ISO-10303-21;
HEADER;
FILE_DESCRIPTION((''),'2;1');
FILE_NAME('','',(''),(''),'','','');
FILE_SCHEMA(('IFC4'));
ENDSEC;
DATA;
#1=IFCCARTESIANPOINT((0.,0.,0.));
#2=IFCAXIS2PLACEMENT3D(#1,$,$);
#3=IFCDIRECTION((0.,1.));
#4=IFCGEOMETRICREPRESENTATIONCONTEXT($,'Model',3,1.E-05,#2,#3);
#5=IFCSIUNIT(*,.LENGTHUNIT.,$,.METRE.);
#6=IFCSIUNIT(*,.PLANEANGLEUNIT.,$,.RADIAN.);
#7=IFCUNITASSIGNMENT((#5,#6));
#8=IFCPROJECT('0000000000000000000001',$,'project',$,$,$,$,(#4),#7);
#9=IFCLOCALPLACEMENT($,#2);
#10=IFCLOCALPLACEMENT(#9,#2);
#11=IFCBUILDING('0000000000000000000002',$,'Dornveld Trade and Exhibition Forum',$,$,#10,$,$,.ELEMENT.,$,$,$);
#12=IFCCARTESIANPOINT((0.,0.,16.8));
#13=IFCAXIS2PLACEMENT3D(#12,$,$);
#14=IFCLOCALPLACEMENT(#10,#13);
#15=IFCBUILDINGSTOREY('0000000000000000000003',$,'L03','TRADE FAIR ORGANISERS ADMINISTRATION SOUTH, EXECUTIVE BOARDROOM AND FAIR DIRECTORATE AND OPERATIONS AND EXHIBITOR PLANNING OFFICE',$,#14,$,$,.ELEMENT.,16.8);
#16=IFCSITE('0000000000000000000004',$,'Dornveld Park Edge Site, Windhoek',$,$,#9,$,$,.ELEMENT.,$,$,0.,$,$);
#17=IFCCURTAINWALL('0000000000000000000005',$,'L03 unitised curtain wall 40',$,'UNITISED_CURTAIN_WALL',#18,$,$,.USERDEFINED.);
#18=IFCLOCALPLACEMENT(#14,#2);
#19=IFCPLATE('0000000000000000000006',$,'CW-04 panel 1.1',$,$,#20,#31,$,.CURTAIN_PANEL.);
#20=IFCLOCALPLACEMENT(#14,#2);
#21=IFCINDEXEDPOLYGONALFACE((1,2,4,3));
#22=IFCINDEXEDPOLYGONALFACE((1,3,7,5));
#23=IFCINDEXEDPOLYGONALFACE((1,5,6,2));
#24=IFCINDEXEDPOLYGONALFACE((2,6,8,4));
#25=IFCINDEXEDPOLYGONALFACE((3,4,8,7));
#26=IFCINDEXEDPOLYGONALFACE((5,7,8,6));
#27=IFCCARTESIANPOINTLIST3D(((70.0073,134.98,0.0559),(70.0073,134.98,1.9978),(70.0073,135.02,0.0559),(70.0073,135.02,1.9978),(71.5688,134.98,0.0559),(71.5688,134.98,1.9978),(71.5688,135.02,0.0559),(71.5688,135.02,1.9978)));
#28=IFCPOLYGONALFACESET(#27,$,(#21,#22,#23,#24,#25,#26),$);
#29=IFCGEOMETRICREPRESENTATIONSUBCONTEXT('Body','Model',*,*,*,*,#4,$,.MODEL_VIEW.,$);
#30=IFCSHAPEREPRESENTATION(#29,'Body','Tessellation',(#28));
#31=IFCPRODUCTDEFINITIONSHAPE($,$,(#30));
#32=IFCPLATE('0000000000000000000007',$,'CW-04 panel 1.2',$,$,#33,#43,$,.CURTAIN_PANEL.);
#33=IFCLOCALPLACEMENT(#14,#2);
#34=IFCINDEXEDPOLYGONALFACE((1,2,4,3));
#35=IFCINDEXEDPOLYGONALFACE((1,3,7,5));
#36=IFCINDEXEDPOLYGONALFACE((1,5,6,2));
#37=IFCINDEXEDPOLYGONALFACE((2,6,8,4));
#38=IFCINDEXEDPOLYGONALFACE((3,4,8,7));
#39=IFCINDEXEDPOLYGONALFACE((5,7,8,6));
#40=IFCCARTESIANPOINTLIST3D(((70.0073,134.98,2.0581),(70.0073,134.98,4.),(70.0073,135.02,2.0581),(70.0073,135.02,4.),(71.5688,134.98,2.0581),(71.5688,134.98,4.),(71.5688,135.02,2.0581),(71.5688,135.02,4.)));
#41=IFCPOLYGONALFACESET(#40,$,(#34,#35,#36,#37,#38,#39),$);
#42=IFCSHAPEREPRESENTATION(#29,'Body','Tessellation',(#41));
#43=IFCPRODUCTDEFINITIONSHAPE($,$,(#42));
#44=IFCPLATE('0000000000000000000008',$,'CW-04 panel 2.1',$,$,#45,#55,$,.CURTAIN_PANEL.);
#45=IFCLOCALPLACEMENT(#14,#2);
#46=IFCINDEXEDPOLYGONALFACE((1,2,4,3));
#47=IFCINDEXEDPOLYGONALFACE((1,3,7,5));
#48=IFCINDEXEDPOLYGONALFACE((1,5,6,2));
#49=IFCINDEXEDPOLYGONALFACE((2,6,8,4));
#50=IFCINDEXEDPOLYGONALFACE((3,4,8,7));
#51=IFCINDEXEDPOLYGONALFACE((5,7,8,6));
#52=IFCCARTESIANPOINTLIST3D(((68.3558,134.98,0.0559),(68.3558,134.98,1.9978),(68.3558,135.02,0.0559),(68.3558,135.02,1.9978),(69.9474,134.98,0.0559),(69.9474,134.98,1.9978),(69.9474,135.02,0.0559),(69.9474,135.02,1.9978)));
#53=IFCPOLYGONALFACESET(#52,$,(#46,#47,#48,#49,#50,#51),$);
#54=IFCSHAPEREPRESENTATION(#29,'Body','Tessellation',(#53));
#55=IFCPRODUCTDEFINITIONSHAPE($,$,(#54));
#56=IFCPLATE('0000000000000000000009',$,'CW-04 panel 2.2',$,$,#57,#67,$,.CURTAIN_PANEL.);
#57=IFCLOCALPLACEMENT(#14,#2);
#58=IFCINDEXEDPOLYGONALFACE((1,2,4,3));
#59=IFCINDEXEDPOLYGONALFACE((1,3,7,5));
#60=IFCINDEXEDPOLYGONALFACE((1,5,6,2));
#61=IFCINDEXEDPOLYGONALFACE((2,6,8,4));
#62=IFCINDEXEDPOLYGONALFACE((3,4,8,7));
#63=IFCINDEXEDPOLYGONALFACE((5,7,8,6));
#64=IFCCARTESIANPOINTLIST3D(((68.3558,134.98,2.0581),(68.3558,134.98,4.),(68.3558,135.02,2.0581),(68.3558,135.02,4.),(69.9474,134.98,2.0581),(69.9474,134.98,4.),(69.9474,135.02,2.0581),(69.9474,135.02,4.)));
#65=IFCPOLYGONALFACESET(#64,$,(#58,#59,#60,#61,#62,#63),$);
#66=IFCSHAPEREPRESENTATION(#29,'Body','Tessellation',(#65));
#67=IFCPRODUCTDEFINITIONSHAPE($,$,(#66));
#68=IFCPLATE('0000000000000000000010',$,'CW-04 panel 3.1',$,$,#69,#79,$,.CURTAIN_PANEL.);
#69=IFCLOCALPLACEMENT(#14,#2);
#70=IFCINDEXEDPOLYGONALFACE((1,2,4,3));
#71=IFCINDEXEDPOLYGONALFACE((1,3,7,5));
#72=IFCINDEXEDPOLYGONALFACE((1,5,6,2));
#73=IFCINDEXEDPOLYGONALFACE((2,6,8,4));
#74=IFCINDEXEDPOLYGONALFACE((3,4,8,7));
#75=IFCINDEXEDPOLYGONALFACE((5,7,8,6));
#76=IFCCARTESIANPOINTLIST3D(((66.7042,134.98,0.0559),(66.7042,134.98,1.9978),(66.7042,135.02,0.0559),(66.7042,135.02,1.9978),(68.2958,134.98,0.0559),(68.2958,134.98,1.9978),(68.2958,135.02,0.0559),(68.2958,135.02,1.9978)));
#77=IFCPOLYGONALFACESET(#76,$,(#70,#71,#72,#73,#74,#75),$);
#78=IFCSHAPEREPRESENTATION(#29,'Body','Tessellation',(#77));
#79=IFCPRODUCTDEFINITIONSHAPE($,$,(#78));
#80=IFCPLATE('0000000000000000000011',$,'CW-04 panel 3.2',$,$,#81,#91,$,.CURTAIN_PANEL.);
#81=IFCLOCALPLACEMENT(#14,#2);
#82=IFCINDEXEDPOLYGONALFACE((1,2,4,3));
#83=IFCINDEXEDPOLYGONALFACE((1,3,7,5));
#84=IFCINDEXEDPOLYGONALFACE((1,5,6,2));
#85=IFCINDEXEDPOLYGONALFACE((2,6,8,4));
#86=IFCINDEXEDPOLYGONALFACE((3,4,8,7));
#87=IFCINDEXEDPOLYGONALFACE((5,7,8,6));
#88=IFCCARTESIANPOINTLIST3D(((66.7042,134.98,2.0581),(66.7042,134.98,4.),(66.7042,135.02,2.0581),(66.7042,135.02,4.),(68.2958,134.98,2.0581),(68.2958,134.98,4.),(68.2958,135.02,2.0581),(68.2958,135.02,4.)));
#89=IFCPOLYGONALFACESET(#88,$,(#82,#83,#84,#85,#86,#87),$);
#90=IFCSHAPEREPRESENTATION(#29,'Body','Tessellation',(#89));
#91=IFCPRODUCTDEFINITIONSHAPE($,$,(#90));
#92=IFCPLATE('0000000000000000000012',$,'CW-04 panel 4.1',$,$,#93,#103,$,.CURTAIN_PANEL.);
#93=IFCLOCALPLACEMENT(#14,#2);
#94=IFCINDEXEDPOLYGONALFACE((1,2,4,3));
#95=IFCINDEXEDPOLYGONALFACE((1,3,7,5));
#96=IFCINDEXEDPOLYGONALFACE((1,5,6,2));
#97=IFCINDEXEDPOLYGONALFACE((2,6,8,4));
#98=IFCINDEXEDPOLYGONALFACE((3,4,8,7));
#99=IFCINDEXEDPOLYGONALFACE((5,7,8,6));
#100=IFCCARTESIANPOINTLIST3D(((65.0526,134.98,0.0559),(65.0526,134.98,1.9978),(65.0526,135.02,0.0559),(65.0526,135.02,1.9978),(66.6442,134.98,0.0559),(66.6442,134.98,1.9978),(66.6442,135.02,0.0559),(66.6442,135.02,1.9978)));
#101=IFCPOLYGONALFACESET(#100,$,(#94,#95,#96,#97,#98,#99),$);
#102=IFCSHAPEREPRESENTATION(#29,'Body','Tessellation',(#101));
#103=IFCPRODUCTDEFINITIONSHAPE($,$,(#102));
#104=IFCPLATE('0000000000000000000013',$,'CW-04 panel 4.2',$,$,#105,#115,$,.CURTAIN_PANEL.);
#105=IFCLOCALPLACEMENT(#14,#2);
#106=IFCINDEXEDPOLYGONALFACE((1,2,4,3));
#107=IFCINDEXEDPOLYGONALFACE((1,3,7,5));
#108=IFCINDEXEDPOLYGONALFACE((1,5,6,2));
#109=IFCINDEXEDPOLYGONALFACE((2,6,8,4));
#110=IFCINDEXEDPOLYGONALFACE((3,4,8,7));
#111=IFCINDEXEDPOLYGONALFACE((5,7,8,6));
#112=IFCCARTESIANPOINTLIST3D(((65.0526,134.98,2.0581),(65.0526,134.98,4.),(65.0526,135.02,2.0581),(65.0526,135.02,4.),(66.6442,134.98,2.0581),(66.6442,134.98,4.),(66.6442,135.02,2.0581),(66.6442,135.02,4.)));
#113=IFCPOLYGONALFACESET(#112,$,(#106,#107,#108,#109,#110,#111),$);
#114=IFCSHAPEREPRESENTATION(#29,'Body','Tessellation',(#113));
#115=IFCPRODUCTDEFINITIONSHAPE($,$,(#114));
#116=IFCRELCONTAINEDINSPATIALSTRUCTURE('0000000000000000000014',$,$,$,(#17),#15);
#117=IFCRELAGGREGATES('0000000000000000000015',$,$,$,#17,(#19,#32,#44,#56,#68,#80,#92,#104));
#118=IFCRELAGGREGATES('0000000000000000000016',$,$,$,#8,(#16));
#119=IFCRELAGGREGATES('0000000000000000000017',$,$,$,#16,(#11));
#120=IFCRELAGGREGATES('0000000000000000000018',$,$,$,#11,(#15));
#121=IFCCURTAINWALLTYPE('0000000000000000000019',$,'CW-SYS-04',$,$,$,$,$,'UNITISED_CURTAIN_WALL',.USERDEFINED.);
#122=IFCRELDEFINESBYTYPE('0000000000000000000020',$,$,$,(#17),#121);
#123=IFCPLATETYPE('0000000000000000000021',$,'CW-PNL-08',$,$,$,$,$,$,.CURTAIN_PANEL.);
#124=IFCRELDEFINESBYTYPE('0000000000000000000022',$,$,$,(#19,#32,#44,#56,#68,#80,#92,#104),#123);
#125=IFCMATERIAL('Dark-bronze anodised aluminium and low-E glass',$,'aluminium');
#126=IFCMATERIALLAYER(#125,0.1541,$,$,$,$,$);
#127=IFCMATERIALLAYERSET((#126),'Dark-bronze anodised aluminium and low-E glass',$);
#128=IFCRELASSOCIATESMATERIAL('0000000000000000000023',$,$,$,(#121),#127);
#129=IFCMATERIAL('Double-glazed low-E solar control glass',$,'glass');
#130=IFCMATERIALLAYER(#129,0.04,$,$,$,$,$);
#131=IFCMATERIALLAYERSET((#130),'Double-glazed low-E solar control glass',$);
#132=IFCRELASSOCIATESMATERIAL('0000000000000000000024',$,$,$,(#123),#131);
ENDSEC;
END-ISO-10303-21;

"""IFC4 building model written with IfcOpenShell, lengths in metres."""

from ifc_helpers import new_model, si_unit, direction, frame, origin, origin_2d, place, context, subcontext, project, spatial, rectangle, extrude, material, layer, layer_set, type_object, element, aggregate, save


model = new_model("IFC4")

# Units and contexts
model_context = context("Model", 3, precision=1e-05, world=origin(), true_north=direction((0.0, 1.0)))
body_context = subcontext(model_context, "Body", "Model", "MODEL_VIEW")
ifc_project = project(units=[si_unit("LENGTHUNIT", "METRE"), si_unit("PLANEANGLEUNIT", "RADIAN")], contexts=[model_context])

# Site, building, storey
site_placement = place(None, origin())
site = spatial("IfcSite", under=ifc_project, at=site_placement, Name="Dornveld Park Edge Site, Windhoek", CompositionType="ELEMENT", RefElevation=0.0)
building_placement = place(site_placement, origin())
building = spatial("IfcBuilding", under=site, at=building_placement, Name="Dornveld Trade and Exhibition Forum", CompositionType="ELEMENT")
storey_placement = place(building_placement, frame((0.0, 0.0, 16.8)))
storey = spatial("IfcBuildingStorey", under=building, at=storey_placement, Name="L03", Description="TRADE FAIR ORGANISERS ADMINISTRATION SOUTH, EXECUTIVE BOARDROOM AND FAIR DIRECTORATE AND OPERATIONS AND EXHIBITOR PLANNING OFFICE", CompositionType="ELEMENT", Elevation=16.8)

# Curtain wall
ifc_material_1 = material(Name="Dark-bronze anodised aluminium and low-E glass", Category="aluminium")
ifc_layer_1 = layer(ifc_material_1, 0.1541)
ifc_layer_set_1 = layer_set([ifc_layer_1], Name="Dark-bronze anodised aluminium and low-E glass")
curtain_wall_type_1 = type_object("IfcCurtainWallType", Name="CW-SYS-04", ElementType="UNITISED_CURTAIN_WALL", PredefinedType="USERDEFINED", material=ifc_layer_set_1)
curtain_wall_1_placement = place(storey_placement, origin())
curtain_wall_1 = element("IfcCurtainWall", 1, at=curtain_wall_1_placement, inside=storey, type_object=curtain_wall_type_1, Name="L03 unitised curtain wall 40", ObjectType="UNITISED_CURTAIN_WALL", PredefinedType="USERDEFINED")

# Plates
ifc_material_2 = material(Name="Double-glazed low-E solar control glass", Category="glass")
ifc_layer_2 = layer(ifc_material_2, 0.04)
ifc_layer_set_2 = layer_set([ifc_layer_2], Name="Double-glazed low-E solar control glass")
plate_type_1 = type_object("IfcPlateType", Name="CW-PNL-08", PredefinedType="CURTAIN_PANEL", material=ifc_layer_set_2)
plate_1_placement = place(storey_placement, frame((70.7881, 135.0, 0.0559), z_axis=(0.0, 0.0, 1.0), x_axis=(-1.0, 0.0, 0.0)))
plate_1 = element("IfcPlate", 2, at=plate_1_placement, type_object=plate_type_1, Name="CW-04 panel 1.1", PredefinedType="CURTAIN_PANEL", context=body_context, shape_type="SweptSolid", body=[
    extrude(rectangle(XDim=1.5615, YDim=0.04, at=origin_2d()), origin(), (0.0, 0.0, 1.0), 1.9419),
])
plate_2_placement = place(storey_placement, frame((70.7881, 135.0, 2.0581), z_axis=(0.0, 0.0, 1.0), x_axis=(-1.0, 0.0, 0.0)))
plate_2 = element("IfcPlate", 3, at=plate_2_placement, type_object=plate_type_1, Name="CW-04 panel 1.2", PredefinedType="CURTAIN_PANEL", context=body_context, shape_type="SweptSolid", body=[
    extrude(rectangle(XDim=1.5615, YDim=0.04, at=origin_2d()), origin(), (0.0, 0.0, 1.0), 1.9419),
])
plate_3_placement = place(storey_placement, frame((69.1516, 135.0, 0.0559), z_axis=(0.0, 0.0, 1.0), x_axis=(-1.0, 0.0, 0.0)))
plate_3 = element("IfcPlate", 4, at=plate_3_placement, type_object=plate_type_1, Name="CW-04 panel 2.1", PredefinedType="CURTAIN_PANEL", context=body_context, shape_type="SweptSolid", body=[
    extrude(rectangle(XDim=1.5916, YDim=0.04, at=origin_2d()), origin(), (0.0, 0.0, 1.0), 1.9419),
])
plate_4_placement = place(storey_placement, frame((69.1516, 135.0, 2.0581), z_axis=(0.0, 0.0, 1.0), x_axis=(-1.0, 0.0, 0.0)))
plate_4 = element("IfcPlate", 5, at=plate_4_placement, type_object=plate_type_1, Name="CW-04 panel 2.2", PredefinedType="CURTAIN_PANEL", context=body_context, shape_type="SweptSolid", body=[
    extrude(rectangle(XDim=1.5916, YDim=0.04, at=origin_2d()), origin(), (0.0, 0.0, 1.0), 1.9419),
])
plate_5_placement = place(storey_placement, frame((67.5, 135.0, 0.0559), z_axis=(0.0, 0.0, 1.0), x_axis=(-1.0, 0.0, 0.0)))
plate_5 = element("IfcPlate", 6, at=plate_5_placement, type_object=plate_type_1, Name="CW-04 panel 3.1", PredefinedType="CURTAIN_PANEL", context=body_context, shape_type="SweptSolid", body=[
    extrude(rectangle(XDim=1.5916, YDim=0.04, at=origin_2d()), origin(), (0.0, 0.0, 1.0), 1.9419),
])
plate_6_placement = place(storey_placement, frame((67.5, 135.0, 2.0581), z_axis=(0.0, 0.0, 1.0), x_axis=(-1.0, 0.0, 0.0)))
plate_6 = element("IfcPlate", 7, at=plate_6_placement, type_object=plate_type_1, Name="CW-04 panel 3.2", PredefinedType="CURTAIN_PANEL", context=body_context, shape_type="SweptSolid", body=[
    extrude(rectangle(XDim=1.5916, YDim=0.04, at=origin_2d()), origin(), (0.0, 0.0, 1.0), 1.9419),
])
plate_7_placement = place(storey_placement, frame((65.8484, 135.0, 0.0559), z_axis=(0.0, 0.0, 1.0), x_axis=(-1.0, 0.0, 0.0)))
plate_7 = element("IfcPlate", 8, at=plate_7_placement, type_object=plate_type_1, Name="CW-04 panel 4.1", PredefinedType="CURTAIN_PANEL", context=body_context, shape_type="SweptSolid", body=[
    extrude(rectangle(XDim=1.5916, YDim=0.04, at=origin_2d()), origin(), (0.0, 0.0, 1.0), 1.9419),
])
plate_8_placement = place(storey_placement, frame((65.8484, 135.0, 2.0581), z_axis=(0.0, 0.0, 1.0), x_axis=(-1.0, 0.0, 0.0)))
plate_8 = element("IfcPlate", 9, at=plate_8_placement, type_object=plate_type_1, Name="CW-04 panel 4.2", PredefinedType="CURTAIN_PANEL", context=body_context, shape_type="SweptSolid", body=[
    extrude(rectangle(XDim=1.5916, YDim=0.04, at=origin_2d()), origin(), (0.0, 0.0, 1.0), 1.9419),
])
aggregate(curtain_wall_1, [plate_1, plate_2, plate_3, plate_4, plate_5, plate_6, plate_7, plate_8])

save(model, "model.ifc")
